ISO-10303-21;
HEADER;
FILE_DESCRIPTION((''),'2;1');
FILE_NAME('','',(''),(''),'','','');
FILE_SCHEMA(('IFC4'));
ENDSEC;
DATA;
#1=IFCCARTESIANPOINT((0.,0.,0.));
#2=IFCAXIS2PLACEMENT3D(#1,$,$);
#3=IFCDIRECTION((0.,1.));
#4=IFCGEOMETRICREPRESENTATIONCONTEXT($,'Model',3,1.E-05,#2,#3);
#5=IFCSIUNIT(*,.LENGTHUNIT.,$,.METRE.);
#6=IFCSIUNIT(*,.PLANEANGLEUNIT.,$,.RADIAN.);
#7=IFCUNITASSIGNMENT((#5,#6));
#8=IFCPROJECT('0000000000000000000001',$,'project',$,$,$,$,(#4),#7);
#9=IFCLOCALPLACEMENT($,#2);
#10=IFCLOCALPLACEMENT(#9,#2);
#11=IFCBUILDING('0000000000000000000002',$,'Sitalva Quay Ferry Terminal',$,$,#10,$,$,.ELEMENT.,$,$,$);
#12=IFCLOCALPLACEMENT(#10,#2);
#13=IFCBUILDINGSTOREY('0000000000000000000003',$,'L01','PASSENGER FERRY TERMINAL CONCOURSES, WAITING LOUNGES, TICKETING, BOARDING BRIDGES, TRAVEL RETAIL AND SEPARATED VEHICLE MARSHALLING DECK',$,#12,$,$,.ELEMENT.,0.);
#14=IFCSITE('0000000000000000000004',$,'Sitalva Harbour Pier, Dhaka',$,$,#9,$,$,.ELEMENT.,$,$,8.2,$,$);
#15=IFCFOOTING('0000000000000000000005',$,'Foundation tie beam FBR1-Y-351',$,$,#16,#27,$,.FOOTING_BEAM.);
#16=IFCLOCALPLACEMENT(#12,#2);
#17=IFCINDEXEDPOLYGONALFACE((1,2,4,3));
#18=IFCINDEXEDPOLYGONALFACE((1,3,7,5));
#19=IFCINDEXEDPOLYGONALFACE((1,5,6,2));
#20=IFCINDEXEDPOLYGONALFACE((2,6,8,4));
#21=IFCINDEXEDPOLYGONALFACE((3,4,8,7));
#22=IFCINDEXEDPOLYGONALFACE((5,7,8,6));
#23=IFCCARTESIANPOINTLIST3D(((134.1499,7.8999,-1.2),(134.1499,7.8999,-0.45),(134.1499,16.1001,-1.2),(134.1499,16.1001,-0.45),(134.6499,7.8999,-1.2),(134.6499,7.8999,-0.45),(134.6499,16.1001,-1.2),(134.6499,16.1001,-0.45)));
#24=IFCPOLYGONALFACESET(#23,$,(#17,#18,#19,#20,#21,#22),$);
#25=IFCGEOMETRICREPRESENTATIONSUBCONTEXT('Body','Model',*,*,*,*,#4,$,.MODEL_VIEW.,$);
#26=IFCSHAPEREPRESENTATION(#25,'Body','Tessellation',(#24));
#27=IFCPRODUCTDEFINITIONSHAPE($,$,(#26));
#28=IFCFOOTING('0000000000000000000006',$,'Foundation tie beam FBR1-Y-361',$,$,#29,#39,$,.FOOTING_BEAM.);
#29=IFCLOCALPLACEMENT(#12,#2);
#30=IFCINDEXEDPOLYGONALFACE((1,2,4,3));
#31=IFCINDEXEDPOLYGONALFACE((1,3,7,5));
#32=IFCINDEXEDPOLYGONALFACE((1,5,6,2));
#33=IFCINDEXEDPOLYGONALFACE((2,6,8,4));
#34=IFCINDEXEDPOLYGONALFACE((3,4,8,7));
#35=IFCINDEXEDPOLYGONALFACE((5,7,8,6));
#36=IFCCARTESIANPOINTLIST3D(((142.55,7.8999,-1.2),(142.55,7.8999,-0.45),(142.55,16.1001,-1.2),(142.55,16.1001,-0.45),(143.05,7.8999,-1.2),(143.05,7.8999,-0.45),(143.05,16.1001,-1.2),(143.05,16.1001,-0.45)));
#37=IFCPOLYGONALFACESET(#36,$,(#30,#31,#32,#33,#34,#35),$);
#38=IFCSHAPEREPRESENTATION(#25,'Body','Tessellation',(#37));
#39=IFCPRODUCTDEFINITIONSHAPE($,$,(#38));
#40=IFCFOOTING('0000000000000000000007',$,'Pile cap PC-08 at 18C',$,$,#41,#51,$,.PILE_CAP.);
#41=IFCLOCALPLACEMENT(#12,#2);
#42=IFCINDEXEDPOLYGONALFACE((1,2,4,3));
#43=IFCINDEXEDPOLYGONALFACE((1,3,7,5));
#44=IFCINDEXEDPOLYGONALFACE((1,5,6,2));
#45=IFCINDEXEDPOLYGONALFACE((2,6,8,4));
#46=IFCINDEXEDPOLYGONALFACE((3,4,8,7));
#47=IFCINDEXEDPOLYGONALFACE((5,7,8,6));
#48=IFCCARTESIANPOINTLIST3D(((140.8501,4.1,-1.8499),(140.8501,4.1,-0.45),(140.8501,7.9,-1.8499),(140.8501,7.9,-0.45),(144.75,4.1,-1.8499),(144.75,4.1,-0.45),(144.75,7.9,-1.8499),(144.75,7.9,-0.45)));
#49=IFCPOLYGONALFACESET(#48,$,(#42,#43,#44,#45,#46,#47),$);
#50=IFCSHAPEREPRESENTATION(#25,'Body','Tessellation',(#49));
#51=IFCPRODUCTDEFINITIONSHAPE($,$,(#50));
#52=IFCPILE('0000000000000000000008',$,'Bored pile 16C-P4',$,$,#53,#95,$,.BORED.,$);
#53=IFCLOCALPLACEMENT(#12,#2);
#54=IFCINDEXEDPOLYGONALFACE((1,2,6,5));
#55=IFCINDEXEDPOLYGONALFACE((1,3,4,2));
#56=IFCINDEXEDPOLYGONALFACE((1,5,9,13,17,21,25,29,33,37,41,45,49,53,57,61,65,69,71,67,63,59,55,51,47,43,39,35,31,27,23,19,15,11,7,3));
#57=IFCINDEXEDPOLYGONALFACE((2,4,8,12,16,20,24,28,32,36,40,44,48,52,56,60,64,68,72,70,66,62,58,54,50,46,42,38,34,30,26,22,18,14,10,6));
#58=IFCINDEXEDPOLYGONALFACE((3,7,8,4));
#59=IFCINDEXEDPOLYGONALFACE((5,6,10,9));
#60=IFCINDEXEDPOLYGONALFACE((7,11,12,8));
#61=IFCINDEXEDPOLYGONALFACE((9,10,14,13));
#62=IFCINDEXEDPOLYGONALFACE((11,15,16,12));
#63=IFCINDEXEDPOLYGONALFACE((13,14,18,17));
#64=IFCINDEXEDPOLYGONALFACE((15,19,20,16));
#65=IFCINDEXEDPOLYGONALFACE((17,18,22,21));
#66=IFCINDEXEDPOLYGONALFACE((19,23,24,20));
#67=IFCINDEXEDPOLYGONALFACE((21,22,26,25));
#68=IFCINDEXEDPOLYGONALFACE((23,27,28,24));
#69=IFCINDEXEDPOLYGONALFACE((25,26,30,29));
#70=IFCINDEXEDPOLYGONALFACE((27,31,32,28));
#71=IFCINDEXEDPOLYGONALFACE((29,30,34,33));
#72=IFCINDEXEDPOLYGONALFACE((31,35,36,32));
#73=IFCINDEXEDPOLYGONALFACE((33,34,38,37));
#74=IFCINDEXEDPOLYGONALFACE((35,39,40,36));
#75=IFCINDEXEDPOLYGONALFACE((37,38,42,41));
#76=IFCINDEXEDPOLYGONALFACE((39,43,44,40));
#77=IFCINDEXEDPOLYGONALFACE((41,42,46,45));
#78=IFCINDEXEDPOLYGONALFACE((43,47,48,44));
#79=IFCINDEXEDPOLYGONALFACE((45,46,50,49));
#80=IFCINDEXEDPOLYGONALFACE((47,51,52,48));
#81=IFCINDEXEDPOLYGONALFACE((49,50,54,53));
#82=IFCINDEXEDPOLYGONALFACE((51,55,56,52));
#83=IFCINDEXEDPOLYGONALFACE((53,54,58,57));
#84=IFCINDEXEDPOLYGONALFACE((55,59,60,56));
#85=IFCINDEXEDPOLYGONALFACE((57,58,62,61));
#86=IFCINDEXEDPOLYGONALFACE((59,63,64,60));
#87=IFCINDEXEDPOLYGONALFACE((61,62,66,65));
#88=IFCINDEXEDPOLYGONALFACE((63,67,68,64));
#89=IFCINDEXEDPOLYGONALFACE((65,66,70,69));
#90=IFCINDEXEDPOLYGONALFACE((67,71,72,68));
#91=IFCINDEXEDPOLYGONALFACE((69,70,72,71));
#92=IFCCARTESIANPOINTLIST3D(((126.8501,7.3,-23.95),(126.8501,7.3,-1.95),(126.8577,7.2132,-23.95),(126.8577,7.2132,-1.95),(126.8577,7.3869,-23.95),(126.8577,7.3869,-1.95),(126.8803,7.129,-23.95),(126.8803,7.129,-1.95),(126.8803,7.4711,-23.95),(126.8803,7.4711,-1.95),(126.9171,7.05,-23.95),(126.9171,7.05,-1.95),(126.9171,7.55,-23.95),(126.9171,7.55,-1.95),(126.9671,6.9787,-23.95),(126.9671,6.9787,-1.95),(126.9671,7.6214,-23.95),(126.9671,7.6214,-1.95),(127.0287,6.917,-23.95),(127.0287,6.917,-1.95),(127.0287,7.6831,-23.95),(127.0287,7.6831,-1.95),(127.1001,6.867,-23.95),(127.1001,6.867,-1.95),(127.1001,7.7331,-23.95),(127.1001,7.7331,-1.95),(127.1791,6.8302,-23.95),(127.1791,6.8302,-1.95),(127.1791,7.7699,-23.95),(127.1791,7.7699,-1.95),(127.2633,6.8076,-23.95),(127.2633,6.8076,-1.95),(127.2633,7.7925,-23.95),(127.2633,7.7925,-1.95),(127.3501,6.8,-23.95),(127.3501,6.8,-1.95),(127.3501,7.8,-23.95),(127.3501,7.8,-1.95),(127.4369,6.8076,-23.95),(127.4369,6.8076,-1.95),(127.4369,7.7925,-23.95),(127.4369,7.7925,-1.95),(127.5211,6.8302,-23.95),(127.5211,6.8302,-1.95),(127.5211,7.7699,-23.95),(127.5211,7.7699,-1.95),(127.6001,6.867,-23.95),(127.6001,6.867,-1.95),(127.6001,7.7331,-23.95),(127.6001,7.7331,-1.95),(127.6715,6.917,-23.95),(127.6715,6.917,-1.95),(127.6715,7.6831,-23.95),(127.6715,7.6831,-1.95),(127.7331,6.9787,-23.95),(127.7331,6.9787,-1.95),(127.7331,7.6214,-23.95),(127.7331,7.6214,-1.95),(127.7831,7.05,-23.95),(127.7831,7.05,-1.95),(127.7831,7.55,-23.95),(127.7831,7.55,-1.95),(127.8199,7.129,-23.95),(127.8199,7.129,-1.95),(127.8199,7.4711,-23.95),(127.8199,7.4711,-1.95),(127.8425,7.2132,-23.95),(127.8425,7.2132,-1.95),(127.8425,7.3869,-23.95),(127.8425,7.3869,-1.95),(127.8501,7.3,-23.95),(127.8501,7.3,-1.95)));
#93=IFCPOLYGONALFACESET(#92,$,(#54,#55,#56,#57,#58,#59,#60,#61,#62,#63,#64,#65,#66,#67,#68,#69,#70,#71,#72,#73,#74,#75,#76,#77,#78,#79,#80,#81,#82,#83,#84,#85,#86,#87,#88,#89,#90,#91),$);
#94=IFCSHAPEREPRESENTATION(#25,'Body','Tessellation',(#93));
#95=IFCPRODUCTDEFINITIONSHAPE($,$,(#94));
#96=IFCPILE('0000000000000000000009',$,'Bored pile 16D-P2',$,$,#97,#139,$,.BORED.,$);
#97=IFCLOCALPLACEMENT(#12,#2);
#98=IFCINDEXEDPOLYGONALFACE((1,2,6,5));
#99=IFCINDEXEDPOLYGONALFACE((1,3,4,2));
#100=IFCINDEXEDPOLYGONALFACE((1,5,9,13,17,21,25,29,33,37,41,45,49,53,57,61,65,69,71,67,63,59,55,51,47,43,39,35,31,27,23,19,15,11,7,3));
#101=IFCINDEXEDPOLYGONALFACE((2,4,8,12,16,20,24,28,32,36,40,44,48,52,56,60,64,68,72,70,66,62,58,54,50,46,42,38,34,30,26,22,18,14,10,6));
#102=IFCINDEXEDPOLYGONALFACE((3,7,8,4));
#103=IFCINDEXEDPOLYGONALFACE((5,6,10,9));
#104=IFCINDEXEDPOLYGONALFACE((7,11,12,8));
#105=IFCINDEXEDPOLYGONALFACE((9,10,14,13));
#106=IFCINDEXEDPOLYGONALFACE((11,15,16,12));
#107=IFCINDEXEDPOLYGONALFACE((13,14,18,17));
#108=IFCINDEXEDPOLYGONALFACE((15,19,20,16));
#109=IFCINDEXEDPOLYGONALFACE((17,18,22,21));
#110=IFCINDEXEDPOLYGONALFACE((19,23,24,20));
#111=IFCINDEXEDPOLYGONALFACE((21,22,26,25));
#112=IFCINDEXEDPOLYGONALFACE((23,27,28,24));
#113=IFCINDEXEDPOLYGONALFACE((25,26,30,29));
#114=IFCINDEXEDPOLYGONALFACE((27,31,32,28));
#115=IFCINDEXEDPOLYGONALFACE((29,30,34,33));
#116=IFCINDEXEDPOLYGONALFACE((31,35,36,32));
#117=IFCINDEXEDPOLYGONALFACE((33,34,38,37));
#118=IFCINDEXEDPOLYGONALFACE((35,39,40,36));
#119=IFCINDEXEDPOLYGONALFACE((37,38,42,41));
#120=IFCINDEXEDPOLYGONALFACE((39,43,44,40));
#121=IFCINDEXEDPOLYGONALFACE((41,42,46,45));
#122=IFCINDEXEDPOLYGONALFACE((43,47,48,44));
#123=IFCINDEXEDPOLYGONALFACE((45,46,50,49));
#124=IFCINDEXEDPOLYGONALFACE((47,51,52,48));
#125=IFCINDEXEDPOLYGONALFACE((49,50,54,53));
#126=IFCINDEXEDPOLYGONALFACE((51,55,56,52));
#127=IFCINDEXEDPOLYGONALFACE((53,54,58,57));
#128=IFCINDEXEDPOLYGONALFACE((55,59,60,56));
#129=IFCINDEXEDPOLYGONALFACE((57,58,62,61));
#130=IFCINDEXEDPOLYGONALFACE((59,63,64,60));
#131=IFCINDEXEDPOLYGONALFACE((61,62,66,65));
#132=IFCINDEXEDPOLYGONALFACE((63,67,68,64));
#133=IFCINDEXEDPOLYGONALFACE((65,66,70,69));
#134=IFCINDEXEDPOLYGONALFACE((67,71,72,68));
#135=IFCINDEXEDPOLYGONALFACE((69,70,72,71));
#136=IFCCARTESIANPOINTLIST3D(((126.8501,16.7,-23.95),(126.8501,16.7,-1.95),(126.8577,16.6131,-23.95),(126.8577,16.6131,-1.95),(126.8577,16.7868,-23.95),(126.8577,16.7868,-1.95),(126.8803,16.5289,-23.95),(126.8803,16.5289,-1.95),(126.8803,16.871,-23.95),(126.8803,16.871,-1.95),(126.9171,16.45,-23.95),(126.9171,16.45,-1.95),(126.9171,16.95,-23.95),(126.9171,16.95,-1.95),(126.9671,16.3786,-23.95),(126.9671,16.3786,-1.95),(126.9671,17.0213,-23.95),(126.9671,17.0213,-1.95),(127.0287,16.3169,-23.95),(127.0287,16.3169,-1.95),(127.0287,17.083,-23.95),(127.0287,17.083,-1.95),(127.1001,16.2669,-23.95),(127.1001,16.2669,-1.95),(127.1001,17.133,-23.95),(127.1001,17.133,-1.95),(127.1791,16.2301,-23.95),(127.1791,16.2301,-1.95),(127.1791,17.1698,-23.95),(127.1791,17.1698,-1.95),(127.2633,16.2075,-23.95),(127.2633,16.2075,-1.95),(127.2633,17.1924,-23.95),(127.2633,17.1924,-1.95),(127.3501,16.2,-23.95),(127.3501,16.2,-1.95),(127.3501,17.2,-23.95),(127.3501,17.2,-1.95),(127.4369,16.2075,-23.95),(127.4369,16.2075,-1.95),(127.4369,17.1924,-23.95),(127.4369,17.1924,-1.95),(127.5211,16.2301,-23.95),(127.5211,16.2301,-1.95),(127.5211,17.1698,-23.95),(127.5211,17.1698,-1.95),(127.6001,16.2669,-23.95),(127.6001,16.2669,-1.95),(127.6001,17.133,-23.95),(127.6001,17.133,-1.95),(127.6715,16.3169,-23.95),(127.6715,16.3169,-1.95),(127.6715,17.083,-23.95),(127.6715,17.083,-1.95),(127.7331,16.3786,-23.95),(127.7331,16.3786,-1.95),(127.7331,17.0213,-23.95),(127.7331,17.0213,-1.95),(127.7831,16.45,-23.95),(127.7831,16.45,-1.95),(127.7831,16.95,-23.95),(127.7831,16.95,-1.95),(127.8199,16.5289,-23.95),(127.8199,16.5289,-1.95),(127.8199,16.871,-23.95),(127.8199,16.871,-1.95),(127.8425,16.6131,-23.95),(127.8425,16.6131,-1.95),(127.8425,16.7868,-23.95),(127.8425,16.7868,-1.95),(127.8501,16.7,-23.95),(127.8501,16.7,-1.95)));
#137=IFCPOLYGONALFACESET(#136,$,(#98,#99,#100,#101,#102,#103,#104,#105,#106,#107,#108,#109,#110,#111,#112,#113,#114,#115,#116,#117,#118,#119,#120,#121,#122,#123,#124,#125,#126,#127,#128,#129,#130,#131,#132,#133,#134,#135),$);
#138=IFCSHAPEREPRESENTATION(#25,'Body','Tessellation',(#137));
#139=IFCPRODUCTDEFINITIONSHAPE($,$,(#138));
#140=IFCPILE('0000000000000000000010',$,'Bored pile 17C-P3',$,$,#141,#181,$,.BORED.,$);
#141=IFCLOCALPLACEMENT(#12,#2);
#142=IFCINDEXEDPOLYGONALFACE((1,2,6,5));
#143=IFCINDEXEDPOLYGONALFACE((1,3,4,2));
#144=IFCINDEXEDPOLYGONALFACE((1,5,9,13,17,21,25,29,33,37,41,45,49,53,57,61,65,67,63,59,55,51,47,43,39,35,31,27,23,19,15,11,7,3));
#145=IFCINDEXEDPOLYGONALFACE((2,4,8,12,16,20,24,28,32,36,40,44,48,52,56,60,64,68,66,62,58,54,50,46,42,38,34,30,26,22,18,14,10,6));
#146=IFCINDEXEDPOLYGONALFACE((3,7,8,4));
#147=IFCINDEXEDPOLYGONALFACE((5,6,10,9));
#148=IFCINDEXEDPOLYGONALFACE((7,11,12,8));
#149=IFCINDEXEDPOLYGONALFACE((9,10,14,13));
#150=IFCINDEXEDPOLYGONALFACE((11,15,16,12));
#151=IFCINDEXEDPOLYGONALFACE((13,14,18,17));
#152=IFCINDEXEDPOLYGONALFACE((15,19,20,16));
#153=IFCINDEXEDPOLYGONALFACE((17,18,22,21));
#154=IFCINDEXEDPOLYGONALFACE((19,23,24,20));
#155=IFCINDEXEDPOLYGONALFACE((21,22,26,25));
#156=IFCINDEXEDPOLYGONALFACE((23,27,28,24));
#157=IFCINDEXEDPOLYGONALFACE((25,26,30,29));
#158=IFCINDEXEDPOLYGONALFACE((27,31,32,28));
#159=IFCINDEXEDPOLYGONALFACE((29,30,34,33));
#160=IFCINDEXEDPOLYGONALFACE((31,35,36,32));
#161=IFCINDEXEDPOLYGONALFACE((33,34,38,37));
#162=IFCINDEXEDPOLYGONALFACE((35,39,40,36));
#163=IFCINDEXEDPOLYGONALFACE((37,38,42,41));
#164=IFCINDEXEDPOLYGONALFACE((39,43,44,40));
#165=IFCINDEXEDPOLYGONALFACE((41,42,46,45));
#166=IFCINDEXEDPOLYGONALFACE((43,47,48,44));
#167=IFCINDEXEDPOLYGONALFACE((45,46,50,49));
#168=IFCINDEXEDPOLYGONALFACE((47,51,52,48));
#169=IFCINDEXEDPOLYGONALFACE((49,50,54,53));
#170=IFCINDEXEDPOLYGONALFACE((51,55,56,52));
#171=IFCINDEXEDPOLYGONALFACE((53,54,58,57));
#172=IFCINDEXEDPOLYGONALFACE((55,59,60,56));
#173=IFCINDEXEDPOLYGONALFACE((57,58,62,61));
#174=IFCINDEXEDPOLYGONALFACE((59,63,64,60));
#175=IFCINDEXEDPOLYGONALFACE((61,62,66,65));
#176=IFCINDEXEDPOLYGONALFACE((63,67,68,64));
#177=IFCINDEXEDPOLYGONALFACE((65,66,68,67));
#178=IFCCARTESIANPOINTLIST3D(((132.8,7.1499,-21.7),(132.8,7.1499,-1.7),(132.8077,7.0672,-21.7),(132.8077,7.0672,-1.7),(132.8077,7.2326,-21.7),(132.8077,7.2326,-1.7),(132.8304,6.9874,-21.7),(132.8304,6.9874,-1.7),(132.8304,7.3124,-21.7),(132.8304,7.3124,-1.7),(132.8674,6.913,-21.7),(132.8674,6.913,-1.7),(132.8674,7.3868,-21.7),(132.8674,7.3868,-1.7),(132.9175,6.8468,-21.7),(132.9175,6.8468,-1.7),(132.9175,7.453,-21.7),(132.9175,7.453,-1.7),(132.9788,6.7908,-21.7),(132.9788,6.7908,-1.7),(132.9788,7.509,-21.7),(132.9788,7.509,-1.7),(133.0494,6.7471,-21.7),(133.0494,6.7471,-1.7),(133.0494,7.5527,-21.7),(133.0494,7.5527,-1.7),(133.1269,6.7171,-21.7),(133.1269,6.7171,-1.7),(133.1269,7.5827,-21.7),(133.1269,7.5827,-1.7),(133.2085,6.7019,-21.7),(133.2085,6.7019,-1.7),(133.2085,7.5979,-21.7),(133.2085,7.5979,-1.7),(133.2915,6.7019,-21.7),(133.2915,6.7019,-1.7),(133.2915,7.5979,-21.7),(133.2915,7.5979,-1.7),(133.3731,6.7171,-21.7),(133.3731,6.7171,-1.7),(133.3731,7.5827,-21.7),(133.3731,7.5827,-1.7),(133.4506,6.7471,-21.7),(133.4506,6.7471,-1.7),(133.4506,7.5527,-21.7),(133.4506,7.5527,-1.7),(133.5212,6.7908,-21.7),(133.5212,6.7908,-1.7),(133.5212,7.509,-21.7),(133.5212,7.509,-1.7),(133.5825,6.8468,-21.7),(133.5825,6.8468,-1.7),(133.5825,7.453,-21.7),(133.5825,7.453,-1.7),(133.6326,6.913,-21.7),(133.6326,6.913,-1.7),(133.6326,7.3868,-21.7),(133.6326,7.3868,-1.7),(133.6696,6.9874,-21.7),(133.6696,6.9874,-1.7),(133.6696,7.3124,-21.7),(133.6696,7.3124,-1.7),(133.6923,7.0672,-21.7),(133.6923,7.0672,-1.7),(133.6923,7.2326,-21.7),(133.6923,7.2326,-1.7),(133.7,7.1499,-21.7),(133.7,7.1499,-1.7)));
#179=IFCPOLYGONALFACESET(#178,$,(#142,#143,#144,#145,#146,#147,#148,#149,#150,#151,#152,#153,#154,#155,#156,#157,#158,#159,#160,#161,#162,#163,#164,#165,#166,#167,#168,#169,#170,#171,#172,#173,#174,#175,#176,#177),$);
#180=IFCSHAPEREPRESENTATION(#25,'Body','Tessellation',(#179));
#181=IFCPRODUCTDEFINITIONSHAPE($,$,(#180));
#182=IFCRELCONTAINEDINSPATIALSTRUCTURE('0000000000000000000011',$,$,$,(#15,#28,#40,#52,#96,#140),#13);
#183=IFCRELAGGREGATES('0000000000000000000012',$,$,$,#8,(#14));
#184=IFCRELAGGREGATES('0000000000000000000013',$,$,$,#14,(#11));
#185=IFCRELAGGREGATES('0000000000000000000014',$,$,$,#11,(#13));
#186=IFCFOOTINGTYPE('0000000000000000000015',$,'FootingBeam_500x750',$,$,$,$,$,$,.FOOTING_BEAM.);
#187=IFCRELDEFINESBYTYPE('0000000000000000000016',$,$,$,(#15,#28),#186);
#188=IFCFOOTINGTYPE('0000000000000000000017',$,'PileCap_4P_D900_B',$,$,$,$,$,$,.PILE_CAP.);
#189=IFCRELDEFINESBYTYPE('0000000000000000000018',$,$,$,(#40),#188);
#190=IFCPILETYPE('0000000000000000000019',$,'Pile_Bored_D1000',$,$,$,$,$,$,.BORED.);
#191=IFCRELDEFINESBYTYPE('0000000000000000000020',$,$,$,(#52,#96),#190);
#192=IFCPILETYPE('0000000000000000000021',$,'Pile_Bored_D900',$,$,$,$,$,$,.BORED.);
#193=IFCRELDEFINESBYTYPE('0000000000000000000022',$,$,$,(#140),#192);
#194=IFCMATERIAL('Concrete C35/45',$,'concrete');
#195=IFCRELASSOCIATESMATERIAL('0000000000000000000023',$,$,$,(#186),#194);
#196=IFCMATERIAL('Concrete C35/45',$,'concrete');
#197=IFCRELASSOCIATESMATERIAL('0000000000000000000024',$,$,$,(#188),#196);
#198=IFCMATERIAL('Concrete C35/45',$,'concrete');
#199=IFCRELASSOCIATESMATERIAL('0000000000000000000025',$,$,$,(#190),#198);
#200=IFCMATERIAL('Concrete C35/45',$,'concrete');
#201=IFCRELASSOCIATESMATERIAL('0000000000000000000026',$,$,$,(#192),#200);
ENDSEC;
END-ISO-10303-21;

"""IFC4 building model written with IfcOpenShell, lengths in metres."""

from ifc_helpers import new_model, si_unit, direction, frame, origin, origin_2d, place, context, subcontext, project, spatial, rectangle, circle, extrude, material, material_profile, profile_set, type_object, element, save


model = new_model("IFC4")

# Units and contexts
model_context = context("Model", 3, precision=1e-05, world=origin(), true_north=direction((0.0, 1.0)))
body_context = subcontext(model_context, "Body", "Model", "MODEL_VIEW")
ifc_project = project(units=[si_unit("LENGTHUNIT", "METRE"), si_unit("PLANEANGLEUNIT", "RADIAN")], contexts=[model_context])

# Site, building, storey
site_placement = place(None, origin())
site = spatial("IfcSite", under=ifc_project, at=site_placement, Name="Sitalva Harbour Pier, Dhaka", CompositionType="ELEMENT", RefElevation=8.2)
building_placement = place(site_placement, origin())
building = spatial("IfcBuilding", under=site, at=building_placement, Name="Sitalva Quay Ferry Terminal", CompositionType="ELEMENT")
storey_placement = place(building_placement, origin())
storey = spatial("IfcBuildingStorey", under=building, at=storey_placement, Name="L01", Description="PASSENGER FERRY TERMINAL CONCOURSES, WAITING LOUNGES, TICKETING, BOARDING BRIDGES, TRAVEL RETAIL AND SEPARATED VEHICLE MARSHALLING DECK", CompositionType="ELEMENT", Elevation=0.0)

# Footings
ifc_material_1 = material(Name="Concrete C35/45", Category="concrete")
ifc_material_profile_1 = material_profile(ifc_material_1, rectangle(XDim=0.5, YDim=0.75, at=origin_2d()), Name="RC500x750")
ifc_profile_set_1 = profile_set([ifc_material_profile_1], Name="Concrete C35/45")
footing_type_1 = type_object("IfcFootingType", Name="FootingBeam_500x750", PredefinedType="FOOTING_BEAM", material=ifc_profile_set_1)
for number, where, z_axis, x_axis, name in (
    (1, (134.3999, 7.8999, -0.825), (0.0, 1.0, 0.0), (-1.0, 0.0, 0.0), "Foundation tie beam FBR1-Y-351"),
    (2, (142.8, 7.8999, -0.825), (0.0, 1.0, 0.0), (-1.0, 0.0, 0.0), "Foundation tie beam FBR1-Y-361"),
):
    element("IfcFooting", number, at=place(storey_placement, frame(where, z_axis=z_axis, x_axis=x_axis)), inside=storey, type_object=footing_type_1, Name=name, PredefinedType="FOOTING_BEAM", context=body_context, shape_type="SweptSolid", body=[
        extrude(rectangle(XDim=0.5, YDim=0.75, at=origin_2d()), origin(), (0.0, 0.0, 1.0), 8.2002),
    ])
ifc_material_2 = material(Name="Concrete C35/45", Category="concrete")
footing_type_2 = type_object("IfcFootingType", Name="PileCap_4P_D900_B", PredefinedType="PILE_CAP", material=ifc_material_2)
footing_placement = place(storey_placement, frame((142.8, 6.0, -1.8499), z_axis=(0.0, 0.0, 1.0), x_axis=(1.0, 0.0, 0.0)))
element("IfcFooting", 3, at=footing_placement, inside=storey, type_object=footing_type_2, Name="Pile cap PC-08 at 18C", PredefinedType="PILE_CAP", context=body_context, shape_type="SweptSolid", body=[
    extrude(rectangle(XDim=3.8999, YDim=3.8, at=origin_2d()), origin(), (0.0, 0.0, 1.0), 1.3999),
])

# Piles
ifc_material_3 = material(Name="Concrete C35/45", Category="concrete")
ifc_material_profile_2 = material_profile(ifc_material_3, circle(Radius=0.5, at=origin_2d()), Name="PILE-D1000")
ifc_profile_set_2 = profile_set([ifc_material_profile_2], Name="Concrete C35/45")
pile_type_1 = type_object("IfcPileType", Name="Pile_Bored_D1000", PredefinedType="BORED", material=ifc_profile_set_2)
for number, where, z_axis, x_axis, name in (
    (4, (127.3501, 7.3, -1.95), (0.0, 0.0, -1.0), (1.0, 0.0, 0.0), "Bored pile 16C-P4"),
    (5, (127.3501, 16.7, -1.95), (0.0, 0.0, -1.0), (1.0, 0.0, 0.0), "Bored pile 16D-P2"),
):
    element("IfcPile", number, at=place(storey_placement, frame(where, z_axis=z_axis, x_axis=x_axis)), inside=storey, type_object=pile_type_1, Name=name, PredefinedType="BORED", context=body_context, shape_type="SweptSolid", body=[
        extrude(circle(Radius=0.5, at=origin_2d()), origin(), (0.0, 0.0, 1.0), 22.0),
    ])
ifc_material_4 = material(Name="Concrete C35/45", Category="concrete")
ifc_material_profile_3 = material_profile(ifc_material_4, circle(Radius=0.45, at=origin_2d()), Name="PILE-D900")
ifc_profile_set_3 = profile_set([ifc_material_profile_3], Name="Concrete C35/45")
pile_type_2 = type_object("IfcPileType", Name="Pile_Bored_D900", PredefinedType="BORED", material=ifc_profile_set_3)
for number, where, z_axis, x_axis, name in (
    (6, (133.25, 7.1499, -1.7), (0.0, 0.0, -1.0), (1.0, 0.0, 0.0), "Bored pile 17C-P3"),
):
    element("IfcPile", number, at=place(storey_placement, frame(where, z_axis=z_axis, x_axis=x_axis)), inside=storey, type_object=pile_type_2, Name=name, PredefinedType="BORED", context=body_context, shape_type="SweptSolid", body=[
        extrude(circle(Radius=0.45, at=origin_2d()), origin(), (0.0, 0.0, 1.0), 20.0),
    ])

save(model, "model.ifc")
